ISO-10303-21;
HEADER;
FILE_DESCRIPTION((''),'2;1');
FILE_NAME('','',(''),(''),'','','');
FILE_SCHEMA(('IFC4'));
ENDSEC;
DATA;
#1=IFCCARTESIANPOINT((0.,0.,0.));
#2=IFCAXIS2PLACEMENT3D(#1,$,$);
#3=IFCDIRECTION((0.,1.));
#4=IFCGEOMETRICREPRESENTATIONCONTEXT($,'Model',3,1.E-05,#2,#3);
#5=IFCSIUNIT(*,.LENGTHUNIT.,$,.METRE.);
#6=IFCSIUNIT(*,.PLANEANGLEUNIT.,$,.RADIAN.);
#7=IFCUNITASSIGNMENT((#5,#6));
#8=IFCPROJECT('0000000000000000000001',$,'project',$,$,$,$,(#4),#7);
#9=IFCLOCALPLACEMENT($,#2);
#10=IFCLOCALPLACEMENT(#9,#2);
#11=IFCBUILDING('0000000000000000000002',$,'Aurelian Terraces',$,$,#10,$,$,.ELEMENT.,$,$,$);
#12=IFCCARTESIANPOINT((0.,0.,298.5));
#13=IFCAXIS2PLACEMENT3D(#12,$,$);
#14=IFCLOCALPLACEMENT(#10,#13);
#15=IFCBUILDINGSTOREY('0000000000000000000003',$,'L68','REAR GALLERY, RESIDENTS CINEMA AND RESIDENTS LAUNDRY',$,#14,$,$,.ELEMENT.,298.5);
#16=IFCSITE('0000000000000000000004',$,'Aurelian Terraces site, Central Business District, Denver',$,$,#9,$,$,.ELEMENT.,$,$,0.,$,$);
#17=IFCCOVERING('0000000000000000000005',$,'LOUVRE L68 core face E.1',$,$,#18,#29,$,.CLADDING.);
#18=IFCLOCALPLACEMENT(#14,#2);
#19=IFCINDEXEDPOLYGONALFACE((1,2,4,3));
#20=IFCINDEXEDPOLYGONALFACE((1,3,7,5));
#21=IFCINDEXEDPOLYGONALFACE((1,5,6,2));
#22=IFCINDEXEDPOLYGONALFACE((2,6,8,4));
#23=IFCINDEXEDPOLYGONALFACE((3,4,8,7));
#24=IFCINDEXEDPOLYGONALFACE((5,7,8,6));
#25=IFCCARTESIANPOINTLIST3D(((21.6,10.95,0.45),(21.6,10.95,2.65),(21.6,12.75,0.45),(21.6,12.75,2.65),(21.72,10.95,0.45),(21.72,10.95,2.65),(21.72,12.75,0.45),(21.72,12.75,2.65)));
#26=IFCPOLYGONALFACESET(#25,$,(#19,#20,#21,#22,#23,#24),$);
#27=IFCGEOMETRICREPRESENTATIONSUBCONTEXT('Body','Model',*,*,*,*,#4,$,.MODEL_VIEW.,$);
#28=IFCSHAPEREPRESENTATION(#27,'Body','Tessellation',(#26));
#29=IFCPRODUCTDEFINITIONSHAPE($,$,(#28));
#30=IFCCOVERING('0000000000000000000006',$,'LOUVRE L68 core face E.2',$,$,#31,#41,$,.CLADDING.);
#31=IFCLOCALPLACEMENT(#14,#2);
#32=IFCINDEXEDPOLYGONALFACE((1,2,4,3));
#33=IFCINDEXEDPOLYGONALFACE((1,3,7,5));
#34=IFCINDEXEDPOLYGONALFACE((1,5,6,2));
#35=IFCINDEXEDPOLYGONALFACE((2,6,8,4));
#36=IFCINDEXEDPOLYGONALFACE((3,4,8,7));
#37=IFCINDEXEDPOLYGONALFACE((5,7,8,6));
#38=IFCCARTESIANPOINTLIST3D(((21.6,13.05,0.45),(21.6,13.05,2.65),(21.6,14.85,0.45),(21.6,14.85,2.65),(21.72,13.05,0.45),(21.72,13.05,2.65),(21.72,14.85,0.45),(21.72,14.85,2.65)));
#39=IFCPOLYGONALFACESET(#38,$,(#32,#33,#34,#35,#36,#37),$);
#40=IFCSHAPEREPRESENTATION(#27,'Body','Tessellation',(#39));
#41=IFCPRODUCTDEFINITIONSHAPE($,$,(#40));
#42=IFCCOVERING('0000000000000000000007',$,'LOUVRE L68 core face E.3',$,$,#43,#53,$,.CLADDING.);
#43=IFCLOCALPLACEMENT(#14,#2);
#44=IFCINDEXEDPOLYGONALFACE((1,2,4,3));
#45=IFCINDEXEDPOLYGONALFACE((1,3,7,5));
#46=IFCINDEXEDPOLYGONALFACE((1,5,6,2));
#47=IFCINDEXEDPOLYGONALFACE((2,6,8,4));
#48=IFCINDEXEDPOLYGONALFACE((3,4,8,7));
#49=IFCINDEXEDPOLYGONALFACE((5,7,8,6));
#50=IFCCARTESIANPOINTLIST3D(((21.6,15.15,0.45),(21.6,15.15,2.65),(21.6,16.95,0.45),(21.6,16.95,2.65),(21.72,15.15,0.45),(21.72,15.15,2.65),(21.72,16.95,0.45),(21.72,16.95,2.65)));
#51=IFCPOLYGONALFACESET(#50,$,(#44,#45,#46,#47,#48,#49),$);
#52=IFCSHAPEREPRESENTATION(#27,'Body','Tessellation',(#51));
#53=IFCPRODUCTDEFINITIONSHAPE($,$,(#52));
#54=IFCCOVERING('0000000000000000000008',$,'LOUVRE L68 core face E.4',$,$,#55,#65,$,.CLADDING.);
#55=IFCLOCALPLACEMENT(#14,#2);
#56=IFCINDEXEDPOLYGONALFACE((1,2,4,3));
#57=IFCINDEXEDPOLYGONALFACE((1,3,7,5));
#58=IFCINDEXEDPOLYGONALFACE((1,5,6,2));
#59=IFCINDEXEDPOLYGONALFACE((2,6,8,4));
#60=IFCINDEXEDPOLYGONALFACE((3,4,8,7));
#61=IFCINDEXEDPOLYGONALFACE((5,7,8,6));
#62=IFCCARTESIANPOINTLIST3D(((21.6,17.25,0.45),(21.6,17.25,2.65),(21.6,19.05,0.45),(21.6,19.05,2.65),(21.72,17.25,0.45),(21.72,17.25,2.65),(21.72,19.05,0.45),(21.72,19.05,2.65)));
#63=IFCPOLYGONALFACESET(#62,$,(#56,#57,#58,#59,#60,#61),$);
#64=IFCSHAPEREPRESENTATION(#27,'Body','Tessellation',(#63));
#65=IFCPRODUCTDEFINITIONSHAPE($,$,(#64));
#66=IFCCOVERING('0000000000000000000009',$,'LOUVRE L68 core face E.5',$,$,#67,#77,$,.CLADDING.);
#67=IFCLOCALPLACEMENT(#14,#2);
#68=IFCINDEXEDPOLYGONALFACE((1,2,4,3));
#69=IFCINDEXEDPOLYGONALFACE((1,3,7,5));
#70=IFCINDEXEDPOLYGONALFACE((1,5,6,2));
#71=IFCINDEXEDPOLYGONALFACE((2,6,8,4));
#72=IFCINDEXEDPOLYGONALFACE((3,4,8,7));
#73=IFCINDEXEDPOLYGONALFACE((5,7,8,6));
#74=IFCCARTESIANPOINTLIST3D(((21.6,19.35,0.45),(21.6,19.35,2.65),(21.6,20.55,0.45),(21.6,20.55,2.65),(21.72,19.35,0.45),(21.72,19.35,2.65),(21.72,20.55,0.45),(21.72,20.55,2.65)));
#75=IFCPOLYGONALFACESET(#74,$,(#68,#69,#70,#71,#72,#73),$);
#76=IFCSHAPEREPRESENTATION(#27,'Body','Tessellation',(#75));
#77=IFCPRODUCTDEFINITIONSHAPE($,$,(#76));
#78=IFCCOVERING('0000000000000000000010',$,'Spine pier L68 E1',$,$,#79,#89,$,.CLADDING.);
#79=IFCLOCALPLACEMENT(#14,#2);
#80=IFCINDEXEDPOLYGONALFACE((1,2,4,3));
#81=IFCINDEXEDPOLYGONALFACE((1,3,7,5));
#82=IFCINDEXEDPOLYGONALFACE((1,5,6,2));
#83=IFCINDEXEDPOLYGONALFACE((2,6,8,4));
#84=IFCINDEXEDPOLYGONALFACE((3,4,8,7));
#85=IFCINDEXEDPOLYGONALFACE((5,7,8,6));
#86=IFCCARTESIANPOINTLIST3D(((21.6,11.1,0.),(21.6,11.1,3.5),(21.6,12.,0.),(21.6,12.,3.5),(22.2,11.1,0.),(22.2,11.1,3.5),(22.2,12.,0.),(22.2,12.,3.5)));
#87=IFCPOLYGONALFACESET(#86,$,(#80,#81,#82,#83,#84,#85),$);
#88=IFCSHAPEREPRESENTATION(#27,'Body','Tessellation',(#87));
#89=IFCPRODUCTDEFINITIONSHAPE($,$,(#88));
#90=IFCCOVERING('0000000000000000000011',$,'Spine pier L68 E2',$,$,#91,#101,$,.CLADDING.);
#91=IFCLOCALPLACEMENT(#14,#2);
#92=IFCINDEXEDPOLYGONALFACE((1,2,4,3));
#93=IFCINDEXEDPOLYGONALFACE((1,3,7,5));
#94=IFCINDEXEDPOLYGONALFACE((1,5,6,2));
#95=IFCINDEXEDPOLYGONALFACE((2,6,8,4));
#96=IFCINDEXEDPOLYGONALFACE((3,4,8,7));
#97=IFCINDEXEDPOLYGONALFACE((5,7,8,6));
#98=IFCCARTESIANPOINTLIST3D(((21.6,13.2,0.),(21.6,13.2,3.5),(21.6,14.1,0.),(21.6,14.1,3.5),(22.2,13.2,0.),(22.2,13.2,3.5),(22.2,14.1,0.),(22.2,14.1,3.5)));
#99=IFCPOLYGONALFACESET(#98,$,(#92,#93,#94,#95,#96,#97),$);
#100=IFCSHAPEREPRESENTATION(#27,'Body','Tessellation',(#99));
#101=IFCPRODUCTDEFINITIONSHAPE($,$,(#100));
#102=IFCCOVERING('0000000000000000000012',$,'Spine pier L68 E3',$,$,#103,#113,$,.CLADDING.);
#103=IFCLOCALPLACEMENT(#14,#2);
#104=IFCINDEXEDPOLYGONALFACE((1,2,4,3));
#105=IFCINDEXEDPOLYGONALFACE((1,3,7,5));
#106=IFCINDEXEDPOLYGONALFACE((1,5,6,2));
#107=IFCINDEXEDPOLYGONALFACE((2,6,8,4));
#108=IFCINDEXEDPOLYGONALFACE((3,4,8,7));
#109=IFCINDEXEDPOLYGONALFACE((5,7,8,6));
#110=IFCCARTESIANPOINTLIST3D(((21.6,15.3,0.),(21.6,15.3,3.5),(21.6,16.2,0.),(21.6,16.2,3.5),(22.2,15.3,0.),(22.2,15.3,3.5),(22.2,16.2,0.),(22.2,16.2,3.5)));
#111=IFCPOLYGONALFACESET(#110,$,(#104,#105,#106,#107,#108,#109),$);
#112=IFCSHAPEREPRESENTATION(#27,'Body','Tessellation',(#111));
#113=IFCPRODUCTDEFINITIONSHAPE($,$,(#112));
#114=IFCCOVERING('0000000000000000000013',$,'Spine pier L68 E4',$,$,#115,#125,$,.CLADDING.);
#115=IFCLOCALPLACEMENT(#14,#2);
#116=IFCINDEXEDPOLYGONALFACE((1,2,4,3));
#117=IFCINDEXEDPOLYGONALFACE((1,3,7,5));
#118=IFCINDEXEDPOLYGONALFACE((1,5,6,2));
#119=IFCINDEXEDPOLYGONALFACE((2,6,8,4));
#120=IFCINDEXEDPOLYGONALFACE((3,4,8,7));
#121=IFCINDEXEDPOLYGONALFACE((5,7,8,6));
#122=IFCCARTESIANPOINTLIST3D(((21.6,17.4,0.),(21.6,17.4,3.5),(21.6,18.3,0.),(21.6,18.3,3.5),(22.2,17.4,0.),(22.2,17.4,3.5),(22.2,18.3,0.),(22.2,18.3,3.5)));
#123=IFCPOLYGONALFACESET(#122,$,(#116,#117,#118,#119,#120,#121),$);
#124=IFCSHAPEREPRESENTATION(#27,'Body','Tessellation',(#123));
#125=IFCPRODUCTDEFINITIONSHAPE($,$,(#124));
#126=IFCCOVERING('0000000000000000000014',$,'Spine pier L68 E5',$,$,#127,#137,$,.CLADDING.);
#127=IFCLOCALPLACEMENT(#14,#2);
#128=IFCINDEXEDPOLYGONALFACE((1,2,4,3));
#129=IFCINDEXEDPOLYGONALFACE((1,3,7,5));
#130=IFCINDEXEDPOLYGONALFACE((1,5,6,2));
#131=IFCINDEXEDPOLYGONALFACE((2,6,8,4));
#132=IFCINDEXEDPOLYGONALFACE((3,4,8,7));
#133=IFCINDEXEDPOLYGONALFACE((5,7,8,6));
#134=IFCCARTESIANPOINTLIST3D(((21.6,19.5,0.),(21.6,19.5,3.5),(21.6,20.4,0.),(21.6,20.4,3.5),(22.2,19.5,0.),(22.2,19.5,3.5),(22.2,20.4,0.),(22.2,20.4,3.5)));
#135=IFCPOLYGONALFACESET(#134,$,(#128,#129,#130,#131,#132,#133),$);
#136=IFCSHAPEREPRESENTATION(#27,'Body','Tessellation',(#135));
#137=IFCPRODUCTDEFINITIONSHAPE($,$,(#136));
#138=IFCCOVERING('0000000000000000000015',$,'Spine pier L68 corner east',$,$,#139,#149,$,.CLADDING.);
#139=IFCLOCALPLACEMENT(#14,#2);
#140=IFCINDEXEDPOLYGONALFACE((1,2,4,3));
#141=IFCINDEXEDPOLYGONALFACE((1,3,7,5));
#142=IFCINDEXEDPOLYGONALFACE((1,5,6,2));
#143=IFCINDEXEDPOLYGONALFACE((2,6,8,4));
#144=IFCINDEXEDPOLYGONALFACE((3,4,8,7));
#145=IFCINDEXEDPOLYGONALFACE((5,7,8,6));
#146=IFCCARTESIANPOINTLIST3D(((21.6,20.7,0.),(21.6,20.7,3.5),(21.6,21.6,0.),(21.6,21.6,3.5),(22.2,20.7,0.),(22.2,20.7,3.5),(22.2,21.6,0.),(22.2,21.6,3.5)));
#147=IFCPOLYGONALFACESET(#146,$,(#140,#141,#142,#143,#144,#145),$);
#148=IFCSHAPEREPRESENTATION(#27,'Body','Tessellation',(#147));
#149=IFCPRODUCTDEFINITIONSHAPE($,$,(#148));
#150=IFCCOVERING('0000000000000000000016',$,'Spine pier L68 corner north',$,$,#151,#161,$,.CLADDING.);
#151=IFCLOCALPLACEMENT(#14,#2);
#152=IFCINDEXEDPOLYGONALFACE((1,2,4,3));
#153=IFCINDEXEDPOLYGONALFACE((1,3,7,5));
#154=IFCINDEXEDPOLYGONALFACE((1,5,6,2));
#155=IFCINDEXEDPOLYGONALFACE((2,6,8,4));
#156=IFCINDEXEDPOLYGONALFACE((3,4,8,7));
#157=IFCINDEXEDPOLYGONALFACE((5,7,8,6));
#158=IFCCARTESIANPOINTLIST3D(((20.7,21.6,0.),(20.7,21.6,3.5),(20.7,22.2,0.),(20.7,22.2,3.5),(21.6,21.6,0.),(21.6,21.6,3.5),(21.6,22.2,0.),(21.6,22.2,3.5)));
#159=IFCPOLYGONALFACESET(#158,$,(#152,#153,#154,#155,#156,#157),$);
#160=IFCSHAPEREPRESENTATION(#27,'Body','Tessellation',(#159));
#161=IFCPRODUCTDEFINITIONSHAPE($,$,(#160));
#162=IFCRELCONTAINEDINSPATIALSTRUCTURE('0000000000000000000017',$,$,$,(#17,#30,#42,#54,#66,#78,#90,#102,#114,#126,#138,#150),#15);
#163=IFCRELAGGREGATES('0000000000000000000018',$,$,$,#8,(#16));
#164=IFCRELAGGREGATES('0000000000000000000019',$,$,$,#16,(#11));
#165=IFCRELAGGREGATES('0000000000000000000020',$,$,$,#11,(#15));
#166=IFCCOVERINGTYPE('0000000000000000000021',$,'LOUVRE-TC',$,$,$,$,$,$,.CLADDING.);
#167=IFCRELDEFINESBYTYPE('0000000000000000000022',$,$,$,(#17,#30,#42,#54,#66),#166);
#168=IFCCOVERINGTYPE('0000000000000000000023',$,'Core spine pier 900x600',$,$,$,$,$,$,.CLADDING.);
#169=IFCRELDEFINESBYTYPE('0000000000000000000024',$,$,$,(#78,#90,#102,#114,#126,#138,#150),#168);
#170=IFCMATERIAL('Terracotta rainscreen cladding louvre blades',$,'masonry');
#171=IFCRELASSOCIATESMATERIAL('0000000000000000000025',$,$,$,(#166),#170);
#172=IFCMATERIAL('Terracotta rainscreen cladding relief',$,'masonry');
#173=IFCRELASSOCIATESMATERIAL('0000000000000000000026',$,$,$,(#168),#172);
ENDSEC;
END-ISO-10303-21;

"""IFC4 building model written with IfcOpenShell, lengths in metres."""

from ifc_helpers import new_model, si_unit, direction, frame, origin, origin_2d, place, context, subcontext, project, spatial, rectangle, extrude, source, transform, mapped, material, type_object, element, save


model = new_model("IFC4")

# Units and contexts
model_context = context("Model", 3, precision=1e-05, world=origin(), true_north=direction((0.0, 1.0)))
body_context = subcontext(model_context, "Body", "Model", "MODEL_VIEW")
ifc_project = project(units=[si_unit("LENGTHUNIT", "METRE"), si_unit("PLANEANGLEUNIT", "RADIAN")], contexts=[model_context])

# Site, building, storey
site_placement = place(None, origin())
site = spatial("IfcSite", under=ifc_project, at=site_placement, Name="Aurelian Terraces site, Central Business District, Denver", CompositionType="ELEMENT", RefElevation=0.0)
building_placement = place(site_placement, origin())
building = spatial("IfcBuilding", under=site, at=building_placement, Name="Aurelian Terraces", CompositionType="ELEMENT")
storey_placement = place(building_placement, frame((0.0, 0.0, 298.5)))
storey = spatial("IfcBuildingStorey", under=building, at=storey_placement, Name="L68", Description="REAR GALLERY, RESIDENTS CINEMA AND RESIDENTS LAUNDRY", CompositionType="ELEMENT", Elevation=298.5)

# Coverings
ifc_material_1 = material(Name="Terracotta rainscreen cladding louvre blades", Category="masonry")
covering_type_1 = type_object("IfcCoveringType", Name="LOUVRE-TC", PredefinedType="CLADDING", material=ifc_material_1)
shared_shape_1 = source(origin(), body_context, "Body", "SweptSolid", [
    extrude(rectangle(XDim=0.12, YDim=1.8, at=origin_2d()), origin(), (0.0, 0.0, 1.0), 2.2),
])
for number, where, z_axis, x_axis, name in (
    (1, (21.66, 11.85, 0.45), (0.0, 0.0, 1.0), (1.0, 0.0, 0.0), "LOUVRE L68 core face E.1"),
    (2, (21.66, 13.95, 0.45), (0.0, 0.0, 1.0), (1.0, 0.0, 0.0), "LOUVRE L68 core face E.2"),
    (3, (21.66, 16.05, 0.45), (0.0, 0.0, 1.0), (1.0, 0.0, 0.0), "LOUVRE L68 core face E.3"),
    (4, (21.66, 18.15, 0.45), (0.0, 0.0, 1.0), (1.0, 0.0, 0.0), "LOUVRE L68 core face E.4"),
):
    element("IfcCovering", number, at=place(storey_placement, frame(where, z_axis=z_axis, x_axis=x_axis)), inside=storey, type_object=covering_type_1, Name=name, PredefinedType="CLADDING", context=body_context, shape_type="MappedRepresentation", body=[
        mapped(shared_shape_1, transform((0.0, 0.0, 0.0), scale=1.0)),
    ])
shared_shape_2 = source(origin(), body_context, "Body", "SweptSolid", [
    extrude(rectangle(XDim=0.12, YDim=1.2, at=origin_2d()), origin(), (0.0, 0.0, 1.0), 2.2),
])
covering_1_placement = place(storey_placement, frame((21.66, 19.95, 0.45), z_axis=(0.0, 0.0, 1.0), x_axis=(1.0, 0.0, 0.0)))
element("IfcCovering", 5, at=covering_1_placement, inside=storey, type_object=covering_type_1, Name="LOUVRE L68 core face E.5", PredefinedType="CLADDING", context=body_context, shape_type="MappedRepresentation", body=[
    mapped(shared_shape_2, transform((0.0, 0.0, 0.0), scale=1.0)),
])
ifc_material_2 = material(Name="Terracotta rainscreen cladding relief", Category="masonry")
covering_type_2 = type_object("IfcCoveringType", Name="Core spine pier 900x600", PredefinedType="CLADDING", material=ifc_material_2)
shared_shape_3 = source(origin(), body_context, "Body", "SweptSolid", [
    extrude(rectangle(XDim=0.6, YDim=0.9, at=origin_2d()), origin(), (0.0, 0.0, 1.0), 3.5),
])
for number, where, z_axis, x_axis, name in (
    (6, (21.9, 11.55, 0.0), (0.0, 0.0, 1.0), (1.0, 0.0, 0.0), "Spine pier L68 E1"),
    (7, (21.9, 13.65, 0.0), (0.0, 0.0, 1.0), (1.0, 0.0, 0.0), "Spine pier L68 E2"),
    (8, (21.9, 15.75, 0.0), (0.0, 0.0, 1.0), (1.0, 0.0, 0.0), "Spine pier L68 E3"),
    (9, (21.9, 17.85, 0.0), (0.0, 0.0, 1.0), (1.0, 0.0, 0.0), "Spine pier L68 E4"),
    (10, (21.9, 19.95, 0.0), (0.0, 0.0, 1.0), (1.0, 0.0, 0.0), "Spine pier L68 E5"),
    (11, (21.9, 21.15, 0.0), (0.0, 0.0, 1.0), (1.0, 0.0, 0.0), "Spine pier L68 corner east"),
):
    element("IfcCovering", number, at=place(storey_placement, frame(where, z_axis=z_axis, x_axis=x_axis)), inside=storey, type_object=covering_type_2, Name=name, PredefinedType="CLADDING", context=body_context, shape_type="MappedRepresentation", body=[
        mapped(shared_shape_3, transform((0.0, 0.0, 0.0), scale=1.0)),
    ])
shared_shape_4 = source(origin(), body_context, "Body", "SweptSolid", [
    extrude(rectangle(XDim=0.9, YDim=0.6, at=origin_2d()), origin(), (0.0, 0.0, 1.0), 3.5),
])
covering_2_placement = place(storey_placement, frame((21.15, 21.9, 0.0), z_axis=(0.0, 0.0, 1.0), x_axis=(1.0, 0.0, 0.0)))
element("IfcCovering", 12, at=covering_2_placement, inside=storey, type_object=covering_type_2, Name="Spine pier L68 corner north", PredefinedType="CLADDING", context=body_context, shape_type="MappedRepresentation", body=[
    mapped(shared_shape_4, transform((0.0, 0.0, 0.0), scale=1.0)),
])

save(model, "model.ifc")
